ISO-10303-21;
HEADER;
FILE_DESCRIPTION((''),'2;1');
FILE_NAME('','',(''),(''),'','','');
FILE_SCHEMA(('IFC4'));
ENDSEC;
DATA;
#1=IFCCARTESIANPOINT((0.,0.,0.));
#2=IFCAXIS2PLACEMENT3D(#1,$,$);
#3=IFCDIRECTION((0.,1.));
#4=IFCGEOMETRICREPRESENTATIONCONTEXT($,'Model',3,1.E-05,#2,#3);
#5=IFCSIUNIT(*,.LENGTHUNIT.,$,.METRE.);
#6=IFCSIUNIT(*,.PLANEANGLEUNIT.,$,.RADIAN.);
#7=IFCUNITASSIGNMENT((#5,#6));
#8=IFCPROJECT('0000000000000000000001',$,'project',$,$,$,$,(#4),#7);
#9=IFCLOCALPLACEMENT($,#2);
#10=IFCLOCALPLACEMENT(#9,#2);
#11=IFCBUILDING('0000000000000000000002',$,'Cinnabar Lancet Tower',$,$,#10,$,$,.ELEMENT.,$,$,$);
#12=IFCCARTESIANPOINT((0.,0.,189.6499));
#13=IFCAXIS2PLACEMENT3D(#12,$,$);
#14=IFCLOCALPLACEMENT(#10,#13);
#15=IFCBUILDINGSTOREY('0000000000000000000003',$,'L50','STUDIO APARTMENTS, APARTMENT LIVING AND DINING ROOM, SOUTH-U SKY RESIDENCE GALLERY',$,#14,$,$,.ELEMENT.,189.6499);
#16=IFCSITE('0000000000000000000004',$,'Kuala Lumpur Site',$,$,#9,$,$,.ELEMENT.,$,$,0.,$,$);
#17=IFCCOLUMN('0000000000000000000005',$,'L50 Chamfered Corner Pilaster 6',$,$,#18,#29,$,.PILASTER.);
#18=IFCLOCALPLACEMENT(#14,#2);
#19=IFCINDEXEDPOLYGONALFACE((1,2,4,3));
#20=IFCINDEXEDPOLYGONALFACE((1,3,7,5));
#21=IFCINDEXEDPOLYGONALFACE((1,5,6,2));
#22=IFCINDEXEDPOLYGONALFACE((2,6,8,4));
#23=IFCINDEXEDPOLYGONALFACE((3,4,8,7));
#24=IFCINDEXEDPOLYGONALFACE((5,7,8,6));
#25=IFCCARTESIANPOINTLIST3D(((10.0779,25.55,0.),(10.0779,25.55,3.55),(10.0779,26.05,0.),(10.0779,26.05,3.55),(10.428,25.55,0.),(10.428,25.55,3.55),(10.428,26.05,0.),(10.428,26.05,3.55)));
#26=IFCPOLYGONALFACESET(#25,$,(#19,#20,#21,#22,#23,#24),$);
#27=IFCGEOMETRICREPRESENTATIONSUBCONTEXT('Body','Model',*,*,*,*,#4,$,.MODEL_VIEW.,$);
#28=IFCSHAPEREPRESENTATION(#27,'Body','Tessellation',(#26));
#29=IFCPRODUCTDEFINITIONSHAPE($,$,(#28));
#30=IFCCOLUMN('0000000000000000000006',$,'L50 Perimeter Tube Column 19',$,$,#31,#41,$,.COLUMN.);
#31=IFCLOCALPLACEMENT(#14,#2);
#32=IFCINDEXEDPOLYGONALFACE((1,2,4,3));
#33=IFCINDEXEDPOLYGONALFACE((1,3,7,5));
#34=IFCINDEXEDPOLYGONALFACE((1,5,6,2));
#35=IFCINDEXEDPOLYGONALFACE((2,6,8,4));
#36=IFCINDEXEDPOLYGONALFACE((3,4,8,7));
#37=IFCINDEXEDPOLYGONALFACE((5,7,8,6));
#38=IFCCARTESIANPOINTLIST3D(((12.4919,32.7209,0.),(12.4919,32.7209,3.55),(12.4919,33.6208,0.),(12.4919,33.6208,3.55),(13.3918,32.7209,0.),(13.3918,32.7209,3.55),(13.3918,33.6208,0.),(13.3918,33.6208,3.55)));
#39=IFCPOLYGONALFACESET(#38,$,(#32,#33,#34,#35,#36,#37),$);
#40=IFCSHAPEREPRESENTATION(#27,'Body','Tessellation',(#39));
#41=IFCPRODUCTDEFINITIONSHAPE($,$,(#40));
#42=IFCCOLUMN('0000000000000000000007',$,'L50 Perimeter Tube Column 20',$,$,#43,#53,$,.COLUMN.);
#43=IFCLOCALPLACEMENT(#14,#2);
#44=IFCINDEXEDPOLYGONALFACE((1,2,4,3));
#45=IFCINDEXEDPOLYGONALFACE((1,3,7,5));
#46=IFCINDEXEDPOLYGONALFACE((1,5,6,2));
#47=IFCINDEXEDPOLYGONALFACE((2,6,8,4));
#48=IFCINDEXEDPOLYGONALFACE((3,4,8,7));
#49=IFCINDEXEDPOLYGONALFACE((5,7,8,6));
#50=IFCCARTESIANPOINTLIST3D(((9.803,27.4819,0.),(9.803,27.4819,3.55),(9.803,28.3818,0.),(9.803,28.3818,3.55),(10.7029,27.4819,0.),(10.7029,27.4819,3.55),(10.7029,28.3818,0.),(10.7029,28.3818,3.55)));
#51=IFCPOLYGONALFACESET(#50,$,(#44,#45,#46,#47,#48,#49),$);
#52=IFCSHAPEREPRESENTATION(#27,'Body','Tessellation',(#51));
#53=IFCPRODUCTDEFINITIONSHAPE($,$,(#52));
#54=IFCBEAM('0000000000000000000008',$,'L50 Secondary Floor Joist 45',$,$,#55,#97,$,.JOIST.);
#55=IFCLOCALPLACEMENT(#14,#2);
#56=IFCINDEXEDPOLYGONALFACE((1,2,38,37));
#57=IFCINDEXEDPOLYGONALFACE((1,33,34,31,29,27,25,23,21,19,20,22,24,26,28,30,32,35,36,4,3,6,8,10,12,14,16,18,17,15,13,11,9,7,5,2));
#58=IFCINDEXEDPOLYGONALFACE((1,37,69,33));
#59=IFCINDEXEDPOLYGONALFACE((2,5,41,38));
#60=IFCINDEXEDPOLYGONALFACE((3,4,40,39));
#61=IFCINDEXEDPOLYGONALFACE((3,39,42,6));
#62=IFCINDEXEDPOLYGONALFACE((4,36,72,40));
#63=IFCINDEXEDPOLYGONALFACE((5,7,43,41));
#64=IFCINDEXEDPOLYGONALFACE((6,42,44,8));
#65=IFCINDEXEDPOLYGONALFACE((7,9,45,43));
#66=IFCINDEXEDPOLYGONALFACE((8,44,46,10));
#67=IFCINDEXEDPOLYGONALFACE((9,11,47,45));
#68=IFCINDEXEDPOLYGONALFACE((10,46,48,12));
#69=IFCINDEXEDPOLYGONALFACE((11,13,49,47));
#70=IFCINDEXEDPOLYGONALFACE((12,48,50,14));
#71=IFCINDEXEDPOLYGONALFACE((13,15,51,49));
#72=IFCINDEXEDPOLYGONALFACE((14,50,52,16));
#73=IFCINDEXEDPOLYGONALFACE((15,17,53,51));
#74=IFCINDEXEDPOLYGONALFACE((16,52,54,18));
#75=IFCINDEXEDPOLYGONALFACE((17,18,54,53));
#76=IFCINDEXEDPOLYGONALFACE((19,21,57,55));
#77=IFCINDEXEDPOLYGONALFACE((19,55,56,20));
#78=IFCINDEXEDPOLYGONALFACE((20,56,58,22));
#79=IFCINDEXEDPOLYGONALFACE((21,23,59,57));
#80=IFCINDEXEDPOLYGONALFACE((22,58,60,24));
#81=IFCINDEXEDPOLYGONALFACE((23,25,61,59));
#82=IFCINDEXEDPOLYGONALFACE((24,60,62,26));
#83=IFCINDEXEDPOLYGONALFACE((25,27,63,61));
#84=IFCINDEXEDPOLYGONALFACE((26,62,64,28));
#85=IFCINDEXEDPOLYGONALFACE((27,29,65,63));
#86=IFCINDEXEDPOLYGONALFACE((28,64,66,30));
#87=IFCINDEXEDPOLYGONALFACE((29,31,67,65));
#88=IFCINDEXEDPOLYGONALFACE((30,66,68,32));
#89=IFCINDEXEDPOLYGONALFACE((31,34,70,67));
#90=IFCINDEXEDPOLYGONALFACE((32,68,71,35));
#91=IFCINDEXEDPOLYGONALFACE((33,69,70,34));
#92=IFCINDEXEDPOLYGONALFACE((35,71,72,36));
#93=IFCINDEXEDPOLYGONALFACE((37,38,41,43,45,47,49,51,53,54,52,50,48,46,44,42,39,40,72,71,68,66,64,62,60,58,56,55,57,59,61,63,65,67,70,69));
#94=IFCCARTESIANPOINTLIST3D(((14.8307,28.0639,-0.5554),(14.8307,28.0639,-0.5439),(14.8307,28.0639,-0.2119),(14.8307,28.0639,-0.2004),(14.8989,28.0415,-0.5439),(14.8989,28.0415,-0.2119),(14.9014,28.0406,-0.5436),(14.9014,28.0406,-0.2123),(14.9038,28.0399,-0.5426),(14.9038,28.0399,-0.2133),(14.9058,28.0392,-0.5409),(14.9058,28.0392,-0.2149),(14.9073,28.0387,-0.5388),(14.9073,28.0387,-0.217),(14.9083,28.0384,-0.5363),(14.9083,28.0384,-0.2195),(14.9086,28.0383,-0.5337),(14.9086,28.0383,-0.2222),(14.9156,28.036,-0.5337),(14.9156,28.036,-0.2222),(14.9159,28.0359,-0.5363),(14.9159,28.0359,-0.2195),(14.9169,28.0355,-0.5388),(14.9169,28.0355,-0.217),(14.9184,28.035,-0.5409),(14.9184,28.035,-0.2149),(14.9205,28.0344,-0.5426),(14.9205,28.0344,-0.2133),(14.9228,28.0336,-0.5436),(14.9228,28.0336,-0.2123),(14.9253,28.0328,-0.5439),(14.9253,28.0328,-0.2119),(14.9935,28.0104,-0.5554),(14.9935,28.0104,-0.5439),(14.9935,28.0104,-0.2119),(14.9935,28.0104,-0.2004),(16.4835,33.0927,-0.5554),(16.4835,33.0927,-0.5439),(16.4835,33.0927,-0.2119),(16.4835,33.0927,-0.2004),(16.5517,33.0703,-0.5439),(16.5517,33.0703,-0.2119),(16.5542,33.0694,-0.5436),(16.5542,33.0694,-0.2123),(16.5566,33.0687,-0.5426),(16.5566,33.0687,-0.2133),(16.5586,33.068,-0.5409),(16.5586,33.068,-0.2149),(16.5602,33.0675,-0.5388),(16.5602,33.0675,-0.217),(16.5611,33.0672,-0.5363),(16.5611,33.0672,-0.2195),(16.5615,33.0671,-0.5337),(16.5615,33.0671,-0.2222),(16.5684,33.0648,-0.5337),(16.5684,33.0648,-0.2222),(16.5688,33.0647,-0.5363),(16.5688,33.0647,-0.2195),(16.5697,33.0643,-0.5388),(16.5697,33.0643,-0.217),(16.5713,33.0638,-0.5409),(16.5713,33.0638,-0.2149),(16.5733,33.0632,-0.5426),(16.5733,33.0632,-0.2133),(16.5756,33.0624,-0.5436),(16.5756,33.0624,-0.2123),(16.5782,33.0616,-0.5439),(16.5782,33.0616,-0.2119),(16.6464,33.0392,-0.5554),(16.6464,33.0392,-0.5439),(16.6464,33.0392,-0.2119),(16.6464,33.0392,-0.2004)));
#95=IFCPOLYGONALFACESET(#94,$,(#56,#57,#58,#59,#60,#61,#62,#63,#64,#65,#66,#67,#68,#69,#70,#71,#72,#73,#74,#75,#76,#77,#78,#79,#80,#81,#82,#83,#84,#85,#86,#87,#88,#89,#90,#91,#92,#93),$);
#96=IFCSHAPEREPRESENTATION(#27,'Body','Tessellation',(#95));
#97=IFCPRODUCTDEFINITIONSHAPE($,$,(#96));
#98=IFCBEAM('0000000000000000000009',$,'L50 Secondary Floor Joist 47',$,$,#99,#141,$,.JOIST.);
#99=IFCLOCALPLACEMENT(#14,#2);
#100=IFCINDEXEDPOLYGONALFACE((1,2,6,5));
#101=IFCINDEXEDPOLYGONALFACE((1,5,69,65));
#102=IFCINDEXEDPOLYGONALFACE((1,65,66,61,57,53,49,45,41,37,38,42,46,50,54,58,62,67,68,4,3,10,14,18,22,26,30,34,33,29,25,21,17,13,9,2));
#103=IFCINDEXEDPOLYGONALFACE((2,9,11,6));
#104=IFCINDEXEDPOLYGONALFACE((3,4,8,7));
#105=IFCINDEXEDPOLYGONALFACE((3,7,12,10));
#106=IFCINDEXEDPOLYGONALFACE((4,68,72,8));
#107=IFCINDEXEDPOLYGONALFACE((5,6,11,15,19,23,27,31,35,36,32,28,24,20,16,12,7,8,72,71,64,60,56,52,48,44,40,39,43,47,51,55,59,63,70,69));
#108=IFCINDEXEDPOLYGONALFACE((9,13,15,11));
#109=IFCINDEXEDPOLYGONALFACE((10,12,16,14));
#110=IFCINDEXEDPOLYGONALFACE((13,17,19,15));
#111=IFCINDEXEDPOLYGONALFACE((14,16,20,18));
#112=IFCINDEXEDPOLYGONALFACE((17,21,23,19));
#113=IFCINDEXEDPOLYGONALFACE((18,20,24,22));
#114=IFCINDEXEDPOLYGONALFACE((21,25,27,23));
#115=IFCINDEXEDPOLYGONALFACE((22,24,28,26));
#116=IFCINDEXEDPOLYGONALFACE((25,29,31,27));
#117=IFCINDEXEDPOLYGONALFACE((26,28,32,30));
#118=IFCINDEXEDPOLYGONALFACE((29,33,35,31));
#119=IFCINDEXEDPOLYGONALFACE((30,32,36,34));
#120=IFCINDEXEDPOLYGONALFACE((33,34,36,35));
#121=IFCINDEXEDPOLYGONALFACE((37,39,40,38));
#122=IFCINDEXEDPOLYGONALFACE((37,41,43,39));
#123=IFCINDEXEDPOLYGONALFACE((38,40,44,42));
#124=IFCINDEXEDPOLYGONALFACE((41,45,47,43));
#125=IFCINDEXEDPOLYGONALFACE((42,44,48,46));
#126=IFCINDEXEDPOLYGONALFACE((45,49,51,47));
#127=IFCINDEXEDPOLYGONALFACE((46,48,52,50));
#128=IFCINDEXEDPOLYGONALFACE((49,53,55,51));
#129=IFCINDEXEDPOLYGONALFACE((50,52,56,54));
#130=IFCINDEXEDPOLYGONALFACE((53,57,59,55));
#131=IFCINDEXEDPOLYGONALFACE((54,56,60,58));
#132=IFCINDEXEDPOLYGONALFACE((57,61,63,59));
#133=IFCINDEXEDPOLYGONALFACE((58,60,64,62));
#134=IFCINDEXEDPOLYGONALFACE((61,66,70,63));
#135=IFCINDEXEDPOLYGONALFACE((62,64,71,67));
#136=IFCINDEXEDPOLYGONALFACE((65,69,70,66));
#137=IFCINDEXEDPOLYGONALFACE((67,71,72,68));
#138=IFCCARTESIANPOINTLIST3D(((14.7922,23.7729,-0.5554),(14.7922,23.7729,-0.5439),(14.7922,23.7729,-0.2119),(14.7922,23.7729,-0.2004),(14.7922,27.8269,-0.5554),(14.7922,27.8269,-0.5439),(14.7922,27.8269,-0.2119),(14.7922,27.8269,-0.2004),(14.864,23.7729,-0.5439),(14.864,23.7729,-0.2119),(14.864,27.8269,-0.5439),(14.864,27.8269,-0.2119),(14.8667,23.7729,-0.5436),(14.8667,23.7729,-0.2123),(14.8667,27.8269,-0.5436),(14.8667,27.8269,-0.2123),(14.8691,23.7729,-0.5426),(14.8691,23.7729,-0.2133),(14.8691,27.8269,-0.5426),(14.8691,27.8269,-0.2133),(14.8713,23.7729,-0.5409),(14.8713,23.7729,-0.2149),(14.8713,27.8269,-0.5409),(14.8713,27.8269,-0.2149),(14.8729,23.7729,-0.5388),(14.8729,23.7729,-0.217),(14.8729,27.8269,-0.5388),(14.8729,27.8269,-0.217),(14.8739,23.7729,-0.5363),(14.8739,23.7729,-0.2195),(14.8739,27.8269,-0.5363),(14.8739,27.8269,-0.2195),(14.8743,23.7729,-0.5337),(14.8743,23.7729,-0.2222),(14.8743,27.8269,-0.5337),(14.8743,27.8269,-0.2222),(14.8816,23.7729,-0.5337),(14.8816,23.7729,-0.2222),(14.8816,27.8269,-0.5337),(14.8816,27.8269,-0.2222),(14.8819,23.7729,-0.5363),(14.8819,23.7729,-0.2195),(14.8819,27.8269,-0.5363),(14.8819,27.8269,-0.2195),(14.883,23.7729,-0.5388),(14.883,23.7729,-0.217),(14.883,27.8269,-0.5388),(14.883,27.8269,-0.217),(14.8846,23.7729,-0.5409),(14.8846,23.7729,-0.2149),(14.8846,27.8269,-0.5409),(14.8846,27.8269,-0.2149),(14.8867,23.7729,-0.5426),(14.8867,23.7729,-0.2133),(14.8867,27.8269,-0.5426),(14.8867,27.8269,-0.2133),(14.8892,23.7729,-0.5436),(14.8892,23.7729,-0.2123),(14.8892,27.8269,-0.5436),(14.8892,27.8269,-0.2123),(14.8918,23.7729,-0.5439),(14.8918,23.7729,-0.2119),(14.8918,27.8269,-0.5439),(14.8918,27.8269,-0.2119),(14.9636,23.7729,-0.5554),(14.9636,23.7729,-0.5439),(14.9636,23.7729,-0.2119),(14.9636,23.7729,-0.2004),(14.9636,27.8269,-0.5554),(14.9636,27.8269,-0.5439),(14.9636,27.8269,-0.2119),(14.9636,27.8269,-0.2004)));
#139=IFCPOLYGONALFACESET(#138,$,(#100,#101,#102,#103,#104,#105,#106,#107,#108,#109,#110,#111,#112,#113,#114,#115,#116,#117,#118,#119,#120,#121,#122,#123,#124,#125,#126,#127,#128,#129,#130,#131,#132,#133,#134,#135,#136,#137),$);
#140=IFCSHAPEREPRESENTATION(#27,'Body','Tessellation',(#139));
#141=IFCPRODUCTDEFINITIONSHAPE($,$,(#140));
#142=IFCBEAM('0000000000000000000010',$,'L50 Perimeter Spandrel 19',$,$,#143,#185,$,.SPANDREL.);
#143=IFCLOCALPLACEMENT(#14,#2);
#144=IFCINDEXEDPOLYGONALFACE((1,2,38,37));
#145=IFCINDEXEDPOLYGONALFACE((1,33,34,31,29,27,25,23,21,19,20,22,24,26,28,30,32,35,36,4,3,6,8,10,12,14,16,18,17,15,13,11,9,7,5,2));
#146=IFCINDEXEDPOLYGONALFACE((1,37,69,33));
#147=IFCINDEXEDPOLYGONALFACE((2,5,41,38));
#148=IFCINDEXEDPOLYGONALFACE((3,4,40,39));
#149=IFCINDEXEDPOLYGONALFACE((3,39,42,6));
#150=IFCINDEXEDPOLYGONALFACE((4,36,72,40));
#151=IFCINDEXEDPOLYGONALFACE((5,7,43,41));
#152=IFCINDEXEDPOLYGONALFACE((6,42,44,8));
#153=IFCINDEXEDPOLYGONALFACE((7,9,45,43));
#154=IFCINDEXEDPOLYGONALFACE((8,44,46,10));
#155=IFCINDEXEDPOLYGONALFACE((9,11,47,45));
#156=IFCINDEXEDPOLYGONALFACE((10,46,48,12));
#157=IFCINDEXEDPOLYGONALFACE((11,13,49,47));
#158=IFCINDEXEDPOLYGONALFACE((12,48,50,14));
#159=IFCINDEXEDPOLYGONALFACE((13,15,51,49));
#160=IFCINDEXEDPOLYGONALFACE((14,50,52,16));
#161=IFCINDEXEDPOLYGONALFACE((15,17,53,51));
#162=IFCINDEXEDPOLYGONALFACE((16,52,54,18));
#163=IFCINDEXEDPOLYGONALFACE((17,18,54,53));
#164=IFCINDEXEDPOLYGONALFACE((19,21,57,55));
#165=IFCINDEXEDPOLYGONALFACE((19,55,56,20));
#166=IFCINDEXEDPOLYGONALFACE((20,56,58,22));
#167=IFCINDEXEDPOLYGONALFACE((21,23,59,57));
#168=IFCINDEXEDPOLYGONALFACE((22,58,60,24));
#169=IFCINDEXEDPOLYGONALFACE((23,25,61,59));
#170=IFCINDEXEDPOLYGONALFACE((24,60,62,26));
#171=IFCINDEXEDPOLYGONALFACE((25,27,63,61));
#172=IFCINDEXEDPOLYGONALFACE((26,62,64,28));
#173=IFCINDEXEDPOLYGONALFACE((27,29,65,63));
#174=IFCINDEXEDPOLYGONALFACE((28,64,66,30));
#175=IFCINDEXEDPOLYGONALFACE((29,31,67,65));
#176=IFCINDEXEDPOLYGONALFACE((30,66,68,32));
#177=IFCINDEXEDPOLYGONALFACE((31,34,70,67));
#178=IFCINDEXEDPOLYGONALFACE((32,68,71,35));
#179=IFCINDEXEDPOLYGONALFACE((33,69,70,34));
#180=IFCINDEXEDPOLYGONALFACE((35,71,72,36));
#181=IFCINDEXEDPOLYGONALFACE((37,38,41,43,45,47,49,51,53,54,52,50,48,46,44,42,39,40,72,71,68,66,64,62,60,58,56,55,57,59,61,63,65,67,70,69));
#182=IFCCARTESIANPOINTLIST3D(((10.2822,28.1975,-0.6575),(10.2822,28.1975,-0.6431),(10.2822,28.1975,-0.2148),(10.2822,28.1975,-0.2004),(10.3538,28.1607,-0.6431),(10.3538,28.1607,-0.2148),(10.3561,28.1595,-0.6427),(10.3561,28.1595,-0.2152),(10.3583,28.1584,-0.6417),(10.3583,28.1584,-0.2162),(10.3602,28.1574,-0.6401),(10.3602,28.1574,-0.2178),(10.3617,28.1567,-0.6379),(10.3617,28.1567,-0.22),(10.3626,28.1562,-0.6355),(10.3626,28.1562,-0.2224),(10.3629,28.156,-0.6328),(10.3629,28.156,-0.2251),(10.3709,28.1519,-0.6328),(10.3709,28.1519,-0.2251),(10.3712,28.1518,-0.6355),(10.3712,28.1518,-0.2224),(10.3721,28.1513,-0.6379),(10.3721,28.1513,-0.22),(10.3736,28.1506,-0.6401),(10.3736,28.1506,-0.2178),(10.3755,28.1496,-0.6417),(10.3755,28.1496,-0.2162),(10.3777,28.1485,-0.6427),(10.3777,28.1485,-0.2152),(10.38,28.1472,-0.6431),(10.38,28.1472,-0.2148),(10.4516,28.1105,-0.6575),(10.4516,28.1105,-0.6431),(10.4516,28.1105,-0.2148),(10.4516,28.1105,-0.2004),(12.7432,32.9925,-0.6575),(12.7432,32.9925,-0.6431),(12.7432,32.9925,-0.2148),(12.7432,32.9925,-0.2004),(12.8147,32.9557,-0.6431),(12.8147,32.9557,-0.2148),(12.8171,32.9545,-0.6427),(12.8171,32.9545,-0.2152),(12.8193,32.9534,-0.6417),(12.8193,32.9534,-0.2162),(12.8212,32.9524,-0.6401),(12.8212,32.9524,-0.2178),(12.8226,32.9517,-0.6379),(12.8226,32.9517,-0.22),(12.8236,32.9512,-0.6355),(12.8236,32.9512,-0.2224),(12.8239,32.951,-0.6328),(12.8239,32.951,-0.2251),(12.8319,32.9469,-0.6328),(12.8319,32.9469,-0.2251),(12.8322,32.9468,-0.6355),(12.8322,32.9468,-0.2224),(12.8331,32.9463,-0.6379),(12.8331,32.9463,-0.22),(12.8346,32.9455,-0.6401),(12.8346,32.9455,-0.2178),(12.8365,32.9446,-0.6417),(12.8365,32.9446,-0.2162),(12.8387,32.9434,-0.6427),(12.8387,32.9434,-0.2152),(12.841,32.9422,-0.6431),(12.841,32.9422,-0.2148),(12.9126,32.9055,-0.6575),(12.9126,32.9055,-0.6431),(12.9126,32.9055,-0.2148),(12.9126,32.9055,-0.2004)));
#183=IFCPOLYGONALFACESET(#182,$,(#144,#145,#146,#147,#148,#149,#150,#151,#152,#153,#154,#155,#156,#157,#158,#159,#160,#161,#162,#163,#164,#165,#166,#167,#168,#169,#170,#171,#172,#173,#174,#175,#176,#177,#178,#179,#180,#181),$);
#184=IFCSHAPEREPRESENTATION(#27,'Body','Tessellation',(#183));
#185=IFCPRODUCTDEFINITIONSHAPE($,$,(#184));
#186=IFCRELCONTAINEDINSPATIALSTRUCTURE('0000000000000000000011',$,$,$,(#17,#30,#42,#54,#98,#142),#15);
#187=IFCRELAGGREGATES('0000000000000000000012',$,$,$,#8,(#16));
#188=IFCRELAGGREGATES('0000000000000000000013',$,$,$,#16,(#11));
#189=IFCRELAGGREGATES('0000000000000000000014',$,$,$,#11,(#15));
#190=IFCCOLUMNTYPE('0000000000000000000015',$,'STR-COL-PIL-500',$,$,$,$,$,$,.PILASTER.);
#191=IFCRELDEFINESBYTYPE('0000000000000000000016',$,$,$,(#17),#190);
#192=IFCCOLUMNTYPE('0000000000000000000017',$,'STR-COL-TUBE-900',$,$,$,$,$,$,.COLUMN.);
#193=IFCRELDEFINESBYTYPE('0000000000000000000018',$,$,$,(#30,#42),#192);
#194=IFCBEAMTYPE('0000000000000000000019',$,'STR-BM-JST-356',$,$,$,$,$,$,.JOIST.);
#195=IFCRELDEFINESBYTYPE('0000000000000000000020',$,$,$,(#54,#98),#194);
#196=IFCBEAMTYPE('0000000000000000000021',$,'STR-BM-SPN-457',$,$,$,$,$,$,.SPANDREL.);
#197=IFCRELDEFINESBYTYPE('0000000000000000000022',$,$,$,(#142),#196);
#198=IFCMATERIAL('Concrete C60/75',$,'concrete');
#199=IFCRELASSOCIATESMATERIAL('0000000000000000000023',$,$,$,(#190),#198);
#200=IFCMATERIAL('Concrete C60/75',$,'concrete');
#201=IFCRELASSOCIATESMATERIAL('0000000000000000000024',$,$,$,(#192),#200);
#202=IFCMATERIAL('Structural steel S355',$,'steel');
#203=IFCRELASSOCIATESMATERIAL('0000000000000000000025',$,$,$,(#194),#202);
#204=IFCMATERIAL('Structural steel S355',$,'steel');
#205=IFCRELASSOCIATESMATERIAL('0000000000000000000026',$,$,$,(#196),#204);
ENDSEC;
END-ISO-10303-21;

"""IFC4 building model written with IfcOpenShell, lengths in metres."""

from ifc_helpers import new_model, si_unit, direction, frame, origin, origin_2d, place, context, subcontext, project, spatial, rectangle, i_section, extrude, material, material_profile, profile_set, type_object, element, save


model = new_model("IFC4")

# Units and contexts
model_context = context("Model", 3, precision=1e-05, world=origin(), true_north=direction((0.0, 1.0)))
body_context = subcontext(model_context, "Body", "Model", "MODEL_VIEW")
ifc_project = project(units=[si_unit("LENGTHUNIT", "METRE"), si_unit("PLANEANGLEUNIT", "RADIAN")], contexts=[model_context])

# Site, building, storey
site_placement = place(None, origin())
site = spatial("IfcSite", under=ifc_project, at=site_placement, Name="Kuala Lumpur Site", CompositionType="ELEMENT", RefElevation=0.0)
building_placement = place(site_placement, origin())
building = spatial("IfcBuilding", under=site, at=building_placement, Name="Cinnabar Lancet Tower", CompositionType="ELEMENT")
storey_placement = place(building_placement, frame((0.0, 0.0, 189.6499)))
storey = spatial("IfcBuildingStorey", under=building, at=storey_placement, Name="L50", Description="STUDIO APARTMENTS, APARTMENT LIVING AND DINING ROOM, SOUTH-U SKY RESIDENCE GALLERY", CompositionType="ELEMENT", Elevation=189.6499)

# Columns
ifc_material_1 = material(Name="Concrete C60/75", Category="concrete")
ifc_material_profile_1 = material_profile(ifc_material_1, rectangle(XDim=0.5, YDim=0.3501, at=origin_2d()), Name="RC-PIL 500x350")
ifc_profile_set_1 = profile_set([ifc_material_profile_1], Name="Concrete C60/75")
column_type_1 = type_object("IfcColumnType", Name="STR-COL-PIL-500", PredefinedType="PILASTER", material=ifc_profile_set_1)
column_placement = place(storey_placement, frame((10.2529, 25.8, 0.0), z_axis=(0.0, 0.0, 1.0), x_axis=(0.0, -1.0, 0.0)))
element("IfcColumn", 1, at=column_placement, inside=storey, type_object=column_type_1, Name="L50 Chamfered Corner Pilaster 6", PredefinedType="PILASTER", context=body_context, shape_type="SweptSolid", body=[
    extrude(rectangle(XDim=0.5, YDim=0.3501, at=origin_2d()), origin(), (0.0, 0.0, 1.0), 3.55),
])
ifc_material_2 = material(Name="Concrete C60/75", Category="concrete")
ifc_material_profile_2 = material_profile(ifc_material_2, rectangle(XDim=0.8999, YDim=0.8999, at=origin_2d()), Name="RC-COL 900x900")
ifc_profile_set_2 = profile_set([ifc_material_profile_2], Name="Concrete C60/75")
column_type_2 = type_object("IfcColumnType", Name="STR-COL-TUBE-900", PredefinedType="COLUMN", material=ifc_profile_set_2)
for number, where, z_axis, x_axis, name in (
    (2, (12.9419, 33.1709, 0.0), (0.0, 0.0, 1.0), (1.0, 0.0, 0.0), "L50 Perimeter Tube Column 19"),
    (3, (10.2529, 27.9319, 0.0), (0.0, 0.0, 1.0), (1.0, 0.0, 0.0), "L50 Perimeter Tube Column 20"),
):
    element("IfcColumn", number, at=place(storey_placement, frame(where, z_axis=z_axis, x_axis=x_axis)), inside=storey, type_object=column_type_2, Name=name, PredefinedType="COLUMN", context=body_context, shape_type="SweptSolid", body=[
        extrude(rectangle(XDim=0.8999, YDim=0.8999, at=origin_2d()), origin(), (0.0, 0.0, 1.0), 3.55),
    ])

# Beams
ifc_material_3 = material(Name="Structural steel S355", Category="steel")
ifc_material_profile_3 = material_profile(ifc_material_3, i_section(OverallWidth=0.1714, OverallDepth=0.355, WebThickness=0.0073, FlangeThickness=0.0115, FilletRadius=0.0103, at=origin_2d()), Name="UKB 356x171x51")
ifc_profile_set_3 = profile_set([ifc_material_profile_3], Name="Structural steel S355")
beam_type_1 = type_object("IfcBeamType", Name="STR-BM-JST-356", PredefinedType="JOIST", material=ifc_profile_set_3)
beam_1_placement = place(storey_placement, frame((16.5649, 33.0659, -0.3779), z_axis=(-0.31224, -0.950003, 0.0), x_axis=(0.950003, -0.31224, 0.0)))
element("IfcBeam", 4, at=beam_1_placement, inside=storey, type_object=beam_type_1, Name="L50 Secondary Floor Joist 45", PredefinedType="JOIST", context=body_context, shape_type="SweptSolid", body=[
    extrude(i_section(OverallWidth=0.1714, OverallDepth=0.355, WebThickness=0.0073, FlangeThickness=0.0115, FilletRadius=0.0103, at=origin_2d()), origin(), (0.0, 0.0, 1.0), 5.2935),
])
beam_2_placement = place(storey_placement, frame((14.8779, 27.8269, -0.3779), z_axis=(0.0, -1.0, 0.0), x_axis=(1.0, 0.0, 0.0)))
element("IfcBeam", 5, at=beam_2_placement, inside=storey, type_object=beam_type_1, Name="L50 Secondary Floor Joist 47", PredefinedType="JOIST", context=body_context, shape_type="SweptSolid", body=[
    extrude(i_section(OverallWidth=0.1714, OverallDepth=0.355, WebThickness=0.0073, FlangeThickness=0.0115, FilletRadius=0.0103, at=origin_2d()), origin(), (0.0, 0.0, 1.0), 4.054),
])
ifc_material_4 = material(Name="Structural steel S355", Category="steel")
ifc_material_profile_4 = material_profile(ifc_material_4, i_section(OverallWidth=0.1904, OverallDepth=0.457, WebThickness=0.009, FlangeThickness=0.0144, FilletRadius=0.0103, at=origin_2d()), Name="UKB 457x191x74")
ifc_profile_set_4 = profile_set([ifc_material_profile_4], Name="Structural steel S355")
beam_type_2 = type_object("IfcBeamType", Name="STR-BM-SPN-457", PredefinedType="SPANDREL", material=ifc_profile_set_4)
beam_3_placement = place(storey_placement, frame((12.8279, 32.949, -0.429), z_axis=(-0.456611, -0.889666, 0.0), x_axis=(0.889666, -0.456611, 0.0)))
element("IfcBeam", 6, at=beam_3_placement, inside=storey, type_object=beam_type_2, Name="L50 Perimeter Spandrel 19", PredefinedType="SPANDREL", context=body_context, shape_type="SweptSolid", body=[
    extrude(i_section(OverallWidth=0.1904, OverallDepth=0.457, WebThickness=0.009, FlangeThickness=0.0144, FilletRadius=0.0103, at=origin_2d()), origin(), (0.0, 0.0, 1.0), 5.3896),
])

save(model, "model.ifc")
